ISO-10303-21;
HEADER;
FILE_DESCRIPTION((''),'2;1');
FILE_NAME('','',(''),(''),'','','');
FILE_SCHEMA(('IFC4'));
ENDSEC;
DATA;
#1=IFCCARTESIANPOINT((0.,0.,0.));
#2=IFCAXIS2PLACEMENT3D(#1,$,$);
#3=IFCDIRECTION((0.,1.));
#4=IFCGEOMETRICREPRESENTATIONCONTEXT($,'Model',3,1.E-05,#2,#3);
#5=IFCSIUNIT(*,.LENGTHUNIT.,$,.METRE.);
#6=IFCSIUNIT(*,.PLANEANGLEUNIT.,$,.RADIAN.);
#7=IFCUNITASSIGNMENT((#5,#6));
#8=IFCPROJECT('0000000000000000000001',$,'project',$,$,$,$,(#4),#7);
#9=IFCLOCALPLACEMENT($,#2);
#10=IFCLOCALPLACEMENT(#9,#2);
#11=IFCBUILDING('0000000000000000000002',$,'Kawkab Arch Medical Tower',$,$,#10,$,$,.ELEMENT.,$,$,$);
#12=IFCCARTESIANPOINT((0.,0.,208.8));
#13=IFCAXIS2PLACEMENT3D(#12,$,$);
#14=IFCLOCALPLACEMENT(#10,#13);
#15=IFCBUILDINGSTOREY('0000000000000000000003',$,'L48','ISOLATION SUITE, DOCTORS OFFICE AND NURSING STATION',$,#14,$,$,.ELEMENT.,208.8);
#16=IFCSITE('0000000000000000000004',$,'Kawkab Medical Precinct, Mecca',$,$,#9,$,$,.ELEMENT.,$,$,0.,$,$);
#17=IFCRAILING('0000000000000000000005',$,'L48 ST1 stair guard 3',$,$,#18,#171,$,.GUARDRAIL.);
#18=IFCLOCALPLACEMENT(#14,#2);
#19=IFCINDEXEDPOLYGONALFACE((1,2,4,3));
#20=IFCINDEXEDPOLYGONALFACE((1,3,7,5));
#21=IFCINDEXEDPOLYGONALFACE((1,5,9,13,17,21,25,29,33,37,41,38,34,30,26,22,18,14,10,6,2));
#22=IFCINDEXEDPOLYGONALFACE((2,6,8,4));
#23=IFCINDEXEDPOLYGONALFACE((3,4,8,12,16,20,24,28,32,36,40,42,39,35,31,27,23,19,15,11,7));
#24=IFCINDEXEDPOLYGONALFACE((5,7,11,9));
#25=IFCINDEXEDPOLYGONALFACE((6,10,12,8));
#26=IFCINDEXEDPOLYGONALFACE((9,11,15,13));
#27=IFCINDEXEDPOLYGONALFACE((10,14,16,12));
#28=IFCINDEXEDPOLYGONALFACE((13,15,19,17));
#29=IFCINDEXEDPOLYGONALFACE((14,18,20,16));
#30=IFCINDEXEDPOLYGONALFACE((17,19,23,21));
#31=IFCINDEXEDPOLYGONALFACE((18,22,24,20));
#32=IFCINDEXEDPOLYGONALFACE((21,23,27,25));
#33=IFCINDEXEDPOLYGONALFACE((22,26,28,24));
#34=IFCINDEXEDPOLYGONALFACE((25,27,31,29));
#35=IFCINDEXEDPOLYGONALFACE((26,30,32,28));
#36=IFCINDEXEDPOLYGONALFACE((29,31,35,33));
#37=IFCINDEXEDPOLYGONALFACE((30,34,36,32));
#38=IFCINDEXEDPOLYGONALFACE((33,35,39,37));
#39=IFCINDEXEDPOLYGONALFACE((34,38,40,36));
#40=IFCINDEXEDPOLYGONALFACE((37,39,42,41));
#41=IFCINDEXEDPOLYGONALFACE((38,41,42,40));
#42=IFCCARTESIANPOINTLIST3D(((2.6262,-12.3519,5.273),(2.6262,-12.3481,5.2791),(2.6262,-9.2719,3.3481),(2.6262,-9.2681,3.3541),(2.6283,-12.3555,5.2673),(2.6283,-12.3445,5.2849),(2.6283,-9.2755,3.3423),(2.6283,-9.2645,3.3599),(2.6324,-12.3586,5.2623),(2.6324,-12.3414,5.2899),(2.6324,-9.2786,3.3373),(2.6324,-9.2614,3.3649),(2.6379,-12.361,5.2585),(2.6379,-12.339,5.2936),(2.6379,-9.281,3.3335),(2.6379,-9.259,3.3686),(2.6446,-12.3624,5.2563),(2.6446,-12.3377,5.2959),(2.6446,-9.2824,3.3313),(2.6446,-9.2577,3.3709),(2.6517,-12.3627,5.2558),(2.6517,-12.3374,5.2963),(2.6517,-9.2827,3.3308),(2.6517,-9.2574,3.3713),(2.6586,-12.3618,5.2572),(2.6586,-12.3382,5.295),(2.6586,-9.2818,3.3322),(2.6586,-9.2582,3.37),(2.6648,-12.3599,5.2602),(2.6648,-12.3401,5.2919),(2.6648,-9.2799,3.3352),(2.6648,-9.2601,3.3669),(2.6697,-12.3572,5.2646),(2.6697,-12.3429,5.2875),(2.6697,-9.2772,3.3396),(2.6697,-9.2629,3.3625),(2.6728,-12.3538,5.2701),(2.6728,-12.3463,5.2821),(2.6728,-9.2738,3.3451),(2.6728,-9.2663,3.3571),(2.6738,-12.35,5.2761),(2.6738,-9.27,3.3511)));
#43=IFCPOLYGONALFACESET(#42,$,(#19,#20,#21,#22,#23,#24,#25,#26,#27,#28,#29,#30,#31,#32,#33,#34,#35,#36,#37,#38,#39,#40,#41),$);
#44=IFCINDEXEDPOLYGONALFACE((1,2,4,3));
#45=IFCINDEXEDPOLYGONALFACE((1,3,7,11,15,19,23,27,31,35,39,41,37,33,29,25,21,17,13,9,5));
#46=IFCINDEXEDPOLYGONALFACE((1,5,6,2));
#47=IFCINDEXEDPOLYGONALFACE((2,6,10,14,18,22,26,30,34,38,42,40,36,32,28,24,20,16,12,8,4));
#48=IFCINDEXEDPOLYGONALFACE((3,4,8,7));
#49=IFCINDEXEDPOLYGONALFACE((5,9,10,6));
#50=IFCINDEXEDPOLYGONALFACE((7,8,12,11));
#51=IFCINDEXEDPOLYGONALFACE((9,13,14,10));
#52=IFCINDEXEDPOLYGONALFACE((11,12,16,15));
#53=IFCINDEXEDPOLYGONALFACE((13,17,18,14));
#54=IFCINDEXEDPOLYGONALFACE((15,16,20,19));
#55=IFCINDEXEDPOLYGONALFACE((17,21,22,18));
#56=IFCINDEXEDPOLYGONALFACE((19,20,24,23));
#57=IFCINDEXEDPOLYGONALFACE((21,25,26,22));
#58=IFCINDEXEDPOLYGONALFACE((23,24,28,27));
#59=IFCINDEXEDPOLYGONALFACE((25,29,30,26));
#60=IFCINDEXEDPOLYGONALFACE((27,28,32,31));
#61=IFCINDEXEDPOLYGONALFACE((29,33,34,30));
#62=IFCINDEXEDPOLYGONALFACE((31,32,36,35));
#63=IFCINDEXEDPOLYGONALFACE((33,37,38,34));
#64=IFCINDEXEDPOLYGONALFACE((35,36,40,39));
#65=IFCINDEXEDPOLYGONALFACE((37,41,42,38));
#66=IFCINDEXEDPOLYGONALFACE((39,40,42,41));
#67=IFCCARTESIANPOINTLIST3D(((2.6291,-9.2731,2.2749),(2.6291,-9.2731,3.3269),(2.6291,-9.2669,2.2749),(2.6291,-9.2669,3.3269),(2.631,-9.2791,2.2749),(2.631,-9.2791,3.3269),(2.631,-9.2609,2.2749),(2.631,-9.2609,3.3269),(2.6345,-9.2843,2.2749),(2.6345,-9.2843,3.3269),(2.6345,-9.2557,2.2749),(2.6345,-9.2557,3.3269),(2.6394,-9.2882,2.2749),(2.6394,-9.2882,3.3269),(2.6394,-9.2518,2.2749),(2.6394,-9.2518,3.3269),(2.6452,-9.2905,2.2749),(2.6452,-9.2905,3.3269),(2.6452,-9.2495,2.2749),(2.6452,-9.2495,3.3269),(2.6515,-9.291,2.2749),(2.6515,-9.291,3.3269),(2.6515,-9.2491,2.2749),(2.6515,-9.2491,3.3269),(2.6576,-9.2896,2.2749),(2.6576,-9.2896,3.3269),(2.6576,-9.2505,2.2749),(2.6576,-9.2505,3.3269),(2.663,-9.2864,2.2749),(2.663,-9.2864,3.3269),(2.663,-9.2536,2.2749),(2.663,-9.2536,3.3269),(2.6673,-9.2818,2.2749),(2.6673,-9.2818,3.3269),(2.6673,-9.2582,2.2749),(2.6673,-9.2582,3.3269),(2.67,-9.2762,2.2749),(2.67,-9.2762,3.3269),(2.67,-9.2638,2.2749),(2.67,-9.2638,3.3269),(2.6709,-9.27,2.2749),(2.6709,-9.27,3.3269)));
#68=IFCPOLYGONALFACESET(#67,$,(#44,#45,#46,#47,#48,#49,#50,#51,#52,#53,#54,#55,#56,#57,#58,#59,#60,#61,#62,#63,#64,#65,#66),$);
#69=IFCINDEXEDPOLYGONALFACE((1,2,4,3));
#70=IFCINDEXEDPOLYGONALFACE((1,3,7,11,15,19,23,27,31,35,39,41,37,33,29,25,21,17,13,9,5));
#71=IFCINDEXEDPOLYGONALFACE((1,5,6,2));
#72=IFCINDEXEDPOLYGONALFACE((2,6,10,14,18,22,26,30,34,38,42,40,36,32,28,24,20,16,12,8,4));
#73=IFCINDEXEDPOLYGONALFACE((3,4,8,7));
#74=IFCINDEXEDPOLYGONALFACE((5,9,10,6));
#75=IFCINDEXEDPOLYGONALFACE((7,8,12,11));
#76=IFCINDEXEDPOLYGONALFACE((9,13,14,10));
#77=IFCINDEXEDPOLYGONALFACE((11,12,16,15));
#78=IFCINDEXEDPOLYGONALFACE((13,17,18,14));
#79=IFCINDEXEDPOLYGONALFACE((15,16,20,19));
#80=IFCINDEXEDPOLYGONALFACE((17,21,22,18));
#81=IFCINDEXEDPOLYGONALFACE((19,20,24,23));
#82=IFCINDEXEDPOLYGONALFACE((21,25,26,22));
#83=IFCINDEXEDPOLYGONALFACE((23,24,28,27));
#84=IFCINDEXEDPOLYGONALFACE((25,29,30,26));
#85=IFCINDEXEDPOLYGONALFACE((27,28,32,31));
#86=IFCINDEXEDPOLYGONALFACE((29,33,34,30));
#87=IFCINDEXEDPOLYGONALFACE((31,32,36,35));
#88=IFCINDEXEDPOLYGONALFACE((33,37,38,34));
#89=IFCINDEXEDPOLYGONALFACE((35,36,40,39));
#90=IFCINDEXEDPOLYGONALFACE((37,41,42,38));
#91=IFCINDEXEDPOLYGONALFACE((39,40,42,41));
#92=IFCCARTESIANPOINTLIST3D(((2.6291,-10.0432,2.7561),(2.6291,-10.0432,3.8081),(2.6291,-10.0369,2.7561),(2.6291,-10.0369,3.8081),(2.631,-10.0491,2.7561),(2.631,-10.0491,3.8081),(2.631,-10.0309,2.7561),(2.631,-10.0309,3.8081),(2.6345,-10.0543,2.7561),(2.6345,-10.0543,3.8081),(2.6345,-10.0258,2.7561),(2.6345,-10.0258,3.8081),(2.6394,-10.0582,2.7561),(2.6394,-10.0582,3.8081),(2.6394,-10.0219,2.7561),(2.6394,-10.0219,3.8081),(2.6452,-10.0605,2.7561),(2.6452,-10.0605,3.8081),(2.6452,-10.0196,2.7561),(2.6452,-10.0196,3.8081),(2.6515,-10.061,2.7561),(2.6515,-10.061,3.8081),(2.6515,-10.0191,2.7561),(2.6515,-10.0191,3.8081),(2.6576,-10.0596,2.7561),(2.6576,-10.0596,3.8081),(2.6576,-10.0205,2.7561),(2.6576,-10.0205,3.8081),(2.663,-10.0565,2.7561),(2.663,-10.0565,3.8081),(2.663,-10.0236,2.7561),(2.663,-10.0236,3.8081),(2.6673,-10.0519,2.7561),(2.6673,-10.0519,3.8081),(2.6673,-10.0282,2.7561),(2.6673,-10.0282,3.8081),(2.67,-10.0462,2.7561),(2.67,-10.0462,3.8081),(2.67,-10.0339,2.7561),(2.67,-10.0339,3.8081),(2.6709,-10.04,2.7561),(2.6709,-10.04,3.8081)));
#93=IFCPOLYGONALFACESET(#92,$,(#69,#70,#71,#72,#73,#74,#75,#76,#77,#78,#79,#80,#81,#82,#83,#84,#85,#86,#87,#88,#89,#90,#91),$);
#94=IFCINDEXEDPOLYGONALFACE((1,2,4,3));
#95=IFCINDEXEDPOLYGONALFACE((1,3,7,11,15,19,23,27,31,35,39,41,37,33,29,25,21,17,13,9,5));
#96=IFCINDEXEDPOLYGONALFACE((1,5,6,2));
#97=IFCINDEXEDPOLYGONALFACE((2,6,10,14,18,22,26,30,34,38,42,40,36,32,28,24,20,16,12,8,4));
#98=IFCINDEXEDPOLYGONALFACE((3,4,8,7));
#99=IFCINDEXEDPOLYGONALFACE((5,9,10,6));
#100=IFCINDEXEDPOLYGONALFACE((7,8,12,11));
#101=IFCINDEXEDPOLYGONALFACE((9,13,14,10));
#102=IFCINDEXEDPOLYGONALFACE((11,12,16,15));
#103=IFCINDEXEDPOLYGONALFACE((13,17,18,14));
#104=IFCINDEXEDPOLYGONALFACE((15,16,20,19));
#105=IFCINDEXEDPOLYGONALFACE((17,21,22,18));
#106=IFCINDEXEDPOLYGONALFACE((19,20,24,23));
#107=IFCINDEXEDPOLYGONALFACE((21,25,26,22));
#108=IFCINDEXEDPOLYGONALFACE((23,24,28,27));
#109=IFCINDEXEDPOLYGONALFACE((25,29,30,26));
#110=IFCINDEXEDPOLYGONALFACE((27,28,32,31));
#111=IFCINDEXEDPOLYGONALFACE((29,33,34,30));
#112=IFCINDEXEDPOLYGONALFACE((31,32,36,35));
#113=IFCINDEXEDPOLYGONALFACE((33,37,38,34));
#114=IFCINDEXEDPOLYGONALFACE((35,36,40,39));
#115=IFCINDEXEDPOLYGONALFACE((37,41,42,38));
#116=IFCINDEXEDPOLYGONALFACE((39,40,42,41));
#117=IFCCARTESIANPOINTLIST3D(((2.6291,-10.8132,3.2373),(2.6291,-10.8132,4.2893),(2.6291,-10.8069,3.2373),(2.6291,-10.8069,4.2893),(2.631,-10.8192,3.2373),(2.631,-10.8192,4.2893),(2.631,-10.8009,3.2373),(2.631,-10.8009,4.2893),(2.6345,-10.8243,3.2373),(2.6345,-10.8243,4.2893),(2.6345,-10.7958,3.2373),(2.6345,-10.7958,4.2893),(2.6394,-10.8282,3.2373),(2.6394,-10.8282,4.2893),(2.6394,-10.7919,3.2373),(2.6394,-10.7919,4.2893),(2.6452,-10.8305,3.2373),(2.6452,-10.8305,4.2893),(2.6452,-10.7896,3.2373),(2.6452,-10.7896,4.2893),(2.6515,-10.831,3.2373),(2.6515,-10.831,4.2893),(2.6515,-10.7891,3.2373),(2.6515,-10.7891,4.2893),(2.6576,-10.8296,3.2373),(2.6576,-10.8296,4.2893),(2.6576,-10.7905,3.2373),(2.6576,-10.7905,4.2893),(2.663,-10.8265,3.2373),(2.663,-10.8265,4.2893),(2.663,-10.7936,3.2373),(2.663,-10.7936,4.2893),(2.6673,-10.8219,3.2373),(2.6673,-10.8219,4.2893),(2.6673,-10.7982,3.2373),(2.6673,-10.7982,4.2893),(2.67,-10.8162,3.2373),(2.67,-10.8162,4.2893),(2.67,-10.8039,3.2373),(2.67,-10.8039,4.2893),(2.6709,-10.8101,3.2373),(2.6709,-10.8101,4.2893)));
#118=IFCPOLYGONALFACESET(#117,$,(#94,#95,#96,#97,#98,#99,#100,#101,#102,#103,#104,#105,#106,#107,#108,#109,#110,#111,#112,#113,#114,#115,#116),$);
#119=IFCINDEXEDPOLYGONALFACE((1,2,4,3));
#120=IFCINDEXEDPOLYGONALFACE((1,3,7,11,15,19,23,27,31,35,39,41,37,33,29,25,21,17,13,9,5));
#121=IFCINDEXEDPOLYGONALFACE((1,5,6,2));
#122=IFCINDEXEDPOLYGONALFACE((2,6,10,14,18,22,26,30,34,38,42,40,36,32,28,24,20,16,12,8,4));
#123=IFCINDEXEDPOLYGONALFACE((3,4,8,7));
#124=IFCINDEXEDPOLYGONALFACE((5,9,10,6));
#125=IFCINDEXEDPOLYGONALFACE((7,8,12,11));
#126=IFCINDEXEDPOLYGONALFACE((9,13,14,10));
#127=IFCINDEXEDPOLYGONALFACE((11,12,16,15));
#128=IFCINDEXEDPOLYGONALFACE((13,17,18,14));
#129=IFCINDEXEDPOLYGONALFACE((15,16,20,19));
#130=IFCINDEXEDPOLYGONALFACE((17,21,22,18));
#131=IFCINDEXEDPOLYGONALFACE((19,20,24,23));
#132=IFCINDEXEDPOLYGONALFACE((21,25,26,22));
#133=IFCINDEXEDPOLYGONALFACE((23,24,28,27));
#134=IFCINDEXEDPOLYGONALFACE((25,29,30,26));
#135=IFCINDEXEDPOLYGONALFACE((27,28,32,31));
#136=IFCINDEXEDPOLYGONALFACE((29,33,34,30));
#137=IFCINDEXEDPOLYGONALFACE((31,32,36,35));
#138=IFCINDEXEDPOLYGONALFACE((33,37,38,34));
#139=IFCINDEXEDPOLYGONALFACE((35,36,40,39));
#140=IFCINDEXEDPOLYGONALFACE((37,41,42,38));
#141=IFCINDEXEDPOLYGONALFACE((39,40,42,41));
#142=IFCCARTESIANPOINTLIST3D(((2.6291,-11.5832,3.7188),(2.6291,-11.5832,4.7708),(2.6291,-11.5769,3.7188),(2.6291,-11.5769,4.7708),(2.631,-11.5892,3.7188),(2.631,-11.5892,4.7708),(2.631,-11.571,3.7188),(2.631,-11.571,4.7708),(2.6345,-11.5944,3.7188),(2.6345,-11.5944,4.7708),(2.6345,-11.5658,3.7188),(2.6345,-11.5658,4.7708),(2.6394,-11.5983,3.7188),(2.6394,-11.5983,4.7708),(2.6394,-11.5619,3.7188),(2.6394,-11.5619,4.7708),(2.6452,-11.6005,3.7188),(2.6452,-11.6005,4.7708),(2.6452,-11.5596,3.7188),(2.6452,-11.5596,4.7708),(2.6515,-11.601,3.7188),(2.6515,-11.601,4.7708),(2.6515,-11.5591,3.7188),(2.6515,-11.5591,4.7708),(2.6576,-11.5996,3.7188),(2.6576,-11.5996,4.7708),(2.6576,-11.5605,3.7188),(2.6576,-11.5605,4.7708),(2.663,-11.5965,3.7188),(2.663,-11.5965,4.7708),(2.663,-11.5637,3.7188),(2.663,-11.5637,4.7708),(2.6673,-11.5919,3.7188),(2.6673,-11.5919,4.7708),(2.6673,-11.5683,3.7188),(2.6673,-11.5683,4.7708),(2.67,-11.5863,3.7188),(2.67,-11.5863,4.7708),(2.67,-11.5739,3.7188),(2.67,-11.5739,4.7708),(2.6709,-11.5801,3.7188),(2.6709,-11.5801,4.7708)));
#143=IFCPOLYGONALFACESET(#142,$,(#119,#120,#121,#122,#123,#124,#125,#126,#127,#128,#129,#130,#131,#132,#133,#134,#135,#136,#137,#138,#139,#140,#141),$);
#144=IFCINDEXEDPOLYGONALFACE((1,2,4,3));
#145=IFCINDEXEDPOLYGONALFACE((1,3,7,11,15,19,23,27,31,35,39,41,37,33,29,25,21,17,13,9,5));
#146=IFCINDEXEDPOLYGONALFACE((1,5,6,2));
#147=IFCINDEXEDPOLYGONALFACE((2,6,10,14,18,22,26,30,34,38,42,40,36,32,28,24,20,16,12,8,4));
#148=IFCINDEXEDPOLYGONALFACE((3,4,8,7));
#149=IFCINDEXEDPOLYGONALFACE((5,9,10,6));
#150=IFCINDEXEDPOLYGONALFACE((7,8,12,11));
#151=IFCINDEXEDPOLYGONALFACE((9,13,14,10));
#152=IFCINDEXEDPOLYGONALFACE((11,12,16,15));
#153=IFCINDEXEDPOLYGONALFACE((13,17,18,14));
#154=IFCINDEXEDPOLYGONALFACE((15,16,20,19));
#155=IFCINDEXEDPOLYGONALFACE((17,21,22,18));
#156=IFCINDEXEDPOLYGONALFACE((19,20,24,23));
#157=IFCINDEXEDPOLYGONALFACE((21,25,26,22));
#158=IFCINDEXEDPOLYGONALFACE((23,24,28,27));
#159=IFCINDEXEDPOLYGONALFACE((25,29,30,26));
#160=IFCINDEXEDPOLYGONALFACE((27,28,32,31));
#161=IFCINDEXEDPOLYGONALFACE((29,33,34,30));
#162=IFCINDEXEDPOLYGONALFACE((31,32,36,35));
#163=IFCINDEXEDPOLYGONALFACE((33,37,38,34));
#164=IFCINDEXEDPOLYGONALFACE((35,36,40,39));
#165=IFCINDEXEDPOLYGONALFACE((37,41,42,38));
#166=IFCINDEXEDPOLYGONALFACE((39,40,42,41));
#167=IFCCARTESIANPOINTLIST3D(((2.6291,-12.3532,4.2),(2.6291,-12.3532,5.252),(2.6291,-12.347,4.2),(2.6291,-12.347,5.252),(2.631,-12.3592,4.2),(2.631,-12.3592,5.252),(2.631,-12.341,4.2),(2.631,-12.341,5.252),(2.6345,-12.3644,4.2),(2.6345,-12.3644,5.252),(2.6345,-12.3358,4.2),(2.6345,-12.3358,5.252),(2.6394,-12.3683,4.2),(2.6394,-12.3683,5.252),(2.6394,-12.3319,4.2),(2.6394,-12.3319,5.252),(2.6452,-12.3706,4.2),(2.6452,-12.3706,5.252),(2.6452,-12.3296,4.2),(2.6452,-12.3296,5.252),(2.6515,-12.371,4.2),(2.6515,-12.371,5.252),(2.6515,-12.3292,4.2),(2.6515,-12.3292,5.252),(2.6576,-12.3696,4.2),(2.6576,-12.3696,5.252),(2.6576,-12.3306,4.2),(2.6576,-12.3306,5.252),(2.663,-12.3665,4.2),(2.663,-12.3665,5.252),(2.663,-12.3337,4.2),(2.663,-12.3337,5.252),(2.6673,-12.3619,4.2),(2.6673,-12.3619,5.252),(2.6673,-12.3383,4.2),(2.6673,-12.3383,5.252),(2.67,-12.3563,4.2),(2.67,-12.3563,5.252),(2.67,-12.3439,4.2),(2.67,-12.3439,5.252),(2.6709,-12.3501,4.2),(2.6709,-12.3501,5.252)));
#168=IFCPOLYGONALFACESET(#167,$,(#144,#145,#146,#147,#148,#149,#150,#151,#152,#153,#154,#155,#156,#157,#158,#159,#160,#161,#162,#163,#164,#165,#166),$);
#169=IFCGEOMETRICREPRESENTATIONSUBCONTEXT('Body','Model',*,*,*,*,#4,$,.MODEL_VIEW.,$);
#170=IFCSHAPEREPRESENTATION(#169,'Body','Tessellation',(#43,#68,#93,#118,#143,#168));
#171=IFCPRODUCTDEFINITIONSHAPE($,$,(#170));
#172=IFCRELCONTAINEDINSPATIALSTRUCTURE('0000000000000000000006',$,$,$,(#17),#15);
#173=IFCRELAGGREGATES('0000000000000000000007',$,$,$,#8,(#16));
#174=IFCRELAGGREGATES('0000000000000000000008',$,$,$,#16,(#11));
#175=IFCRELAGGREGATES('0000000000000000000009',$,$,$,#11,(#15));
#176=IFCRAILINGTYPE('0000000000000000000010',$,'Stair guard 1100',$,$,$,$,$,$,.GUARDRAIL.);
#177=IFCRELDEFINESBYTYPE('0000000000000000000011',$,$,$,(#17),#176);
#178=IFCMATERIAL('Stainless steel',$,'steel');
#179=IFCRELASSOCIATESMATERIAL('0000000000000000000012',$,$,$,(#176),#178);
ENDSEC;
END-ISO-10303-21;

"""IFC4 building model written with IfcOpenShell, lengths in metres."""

from ifc_helpers import new_model, si_unit, direction, frame, origin, origin_2d, place, context, subcontext, project, spatial, circle, extrude, material, type_object, element, save


model = new_model("IFC4")

# Units and contexts
model_context = context("Model", 3, precision=1e-05, world=origin(), true_north=direction((0.0, 1.0)))
body_context = subcontext(model_context, "Body", "Model", "MODEL_VIEW")
ifc_project = project(units=[si_unit("LENGTHUNIT", "METRE"), si_unit("PLANEANGLEUNIT", "RADIAN")], contexts=[model_context])

# Site, building, storey
site_placement = place(None, origin())
site = spatial("IfcSite", under=ifc_project, at=site_placement, Name="Kawkab Medical Precinct, Mecca", CompositionType="ELEMENT", RefElevation=0.0)
building_placement = place(site_placement, origin())
building = spatial("IfcBuilding", under=site, at=building_placement, Name="Kawkab Arch Medical Tower", CompositionType="ELEMENT")
storey_placement = place(building_placement, frame((0.0, 0.0, 208.8)))
storey = spatial("IfcBuildingStorey", under=building, at=storey_placement, Name="L48", Description="ISOLATION SUITE, DOCTORS OFFICE AND NURSING STATION", CompositionType="ELEMENT", Elevation=208.8)

# Railing
ifc_material_1 = material(Name="Stainless steel", Category="steel")
railing_type_1 = type_object("IfcRailingType", Name="Stair guard 1100", PredefinedType="GUARDRAIL", material=ifc_material_1)
railing_1_placement = place(storey_placement, frame((2.6499, -9.27, 2.2749)))
element("IfcRailing", 1, at=railing_1_placement, inside=storey, type_object=railing_type_1, Name="L48 ST1 stair guard 3", PredefinedType="GUARDRAIL", context=body_context, shape_type="SweptSolid", body=[
    extrude(circle(Radius=0.0239, at=origin_2d()), frame((0.0, 0.0, 1.0762), z_axis=(0.0, -0.847998, 0.529999), x_axis=(1.0, 0.0, 0.0)), (0.0, 0.0, 1.0), 3.6321),
    extrude(circle(Radius=0.021, at=origin_2d()), origin(), (0.0, 0.0, 1.0), 1.052),
    extrude(circle(Radius=0.021, at=origin_2d()), frame((0.0, -0.77, 0.4812)), (0.0, 0.0, 1.0), 1.052),
    extrude(circle(Radius=0.021, at=origin_2d()), frame((0.0, -1.54, 0.9624)), (0.0, 0.0, 1.0), 1.052),
    extrude(circle(Radius=0.021, at=origin_2d()), frame((0.0, -2.3101, 1.4438)), (0.0, 0.0, 1.0), 1.052),
    extrude(circle(Radius=0.021, at=origin_2d()), frame((0.0, -3.0801, 1.925)), (0.0, 0.0, 1.0), 1.052),
])

save(model, "model.ifc")
